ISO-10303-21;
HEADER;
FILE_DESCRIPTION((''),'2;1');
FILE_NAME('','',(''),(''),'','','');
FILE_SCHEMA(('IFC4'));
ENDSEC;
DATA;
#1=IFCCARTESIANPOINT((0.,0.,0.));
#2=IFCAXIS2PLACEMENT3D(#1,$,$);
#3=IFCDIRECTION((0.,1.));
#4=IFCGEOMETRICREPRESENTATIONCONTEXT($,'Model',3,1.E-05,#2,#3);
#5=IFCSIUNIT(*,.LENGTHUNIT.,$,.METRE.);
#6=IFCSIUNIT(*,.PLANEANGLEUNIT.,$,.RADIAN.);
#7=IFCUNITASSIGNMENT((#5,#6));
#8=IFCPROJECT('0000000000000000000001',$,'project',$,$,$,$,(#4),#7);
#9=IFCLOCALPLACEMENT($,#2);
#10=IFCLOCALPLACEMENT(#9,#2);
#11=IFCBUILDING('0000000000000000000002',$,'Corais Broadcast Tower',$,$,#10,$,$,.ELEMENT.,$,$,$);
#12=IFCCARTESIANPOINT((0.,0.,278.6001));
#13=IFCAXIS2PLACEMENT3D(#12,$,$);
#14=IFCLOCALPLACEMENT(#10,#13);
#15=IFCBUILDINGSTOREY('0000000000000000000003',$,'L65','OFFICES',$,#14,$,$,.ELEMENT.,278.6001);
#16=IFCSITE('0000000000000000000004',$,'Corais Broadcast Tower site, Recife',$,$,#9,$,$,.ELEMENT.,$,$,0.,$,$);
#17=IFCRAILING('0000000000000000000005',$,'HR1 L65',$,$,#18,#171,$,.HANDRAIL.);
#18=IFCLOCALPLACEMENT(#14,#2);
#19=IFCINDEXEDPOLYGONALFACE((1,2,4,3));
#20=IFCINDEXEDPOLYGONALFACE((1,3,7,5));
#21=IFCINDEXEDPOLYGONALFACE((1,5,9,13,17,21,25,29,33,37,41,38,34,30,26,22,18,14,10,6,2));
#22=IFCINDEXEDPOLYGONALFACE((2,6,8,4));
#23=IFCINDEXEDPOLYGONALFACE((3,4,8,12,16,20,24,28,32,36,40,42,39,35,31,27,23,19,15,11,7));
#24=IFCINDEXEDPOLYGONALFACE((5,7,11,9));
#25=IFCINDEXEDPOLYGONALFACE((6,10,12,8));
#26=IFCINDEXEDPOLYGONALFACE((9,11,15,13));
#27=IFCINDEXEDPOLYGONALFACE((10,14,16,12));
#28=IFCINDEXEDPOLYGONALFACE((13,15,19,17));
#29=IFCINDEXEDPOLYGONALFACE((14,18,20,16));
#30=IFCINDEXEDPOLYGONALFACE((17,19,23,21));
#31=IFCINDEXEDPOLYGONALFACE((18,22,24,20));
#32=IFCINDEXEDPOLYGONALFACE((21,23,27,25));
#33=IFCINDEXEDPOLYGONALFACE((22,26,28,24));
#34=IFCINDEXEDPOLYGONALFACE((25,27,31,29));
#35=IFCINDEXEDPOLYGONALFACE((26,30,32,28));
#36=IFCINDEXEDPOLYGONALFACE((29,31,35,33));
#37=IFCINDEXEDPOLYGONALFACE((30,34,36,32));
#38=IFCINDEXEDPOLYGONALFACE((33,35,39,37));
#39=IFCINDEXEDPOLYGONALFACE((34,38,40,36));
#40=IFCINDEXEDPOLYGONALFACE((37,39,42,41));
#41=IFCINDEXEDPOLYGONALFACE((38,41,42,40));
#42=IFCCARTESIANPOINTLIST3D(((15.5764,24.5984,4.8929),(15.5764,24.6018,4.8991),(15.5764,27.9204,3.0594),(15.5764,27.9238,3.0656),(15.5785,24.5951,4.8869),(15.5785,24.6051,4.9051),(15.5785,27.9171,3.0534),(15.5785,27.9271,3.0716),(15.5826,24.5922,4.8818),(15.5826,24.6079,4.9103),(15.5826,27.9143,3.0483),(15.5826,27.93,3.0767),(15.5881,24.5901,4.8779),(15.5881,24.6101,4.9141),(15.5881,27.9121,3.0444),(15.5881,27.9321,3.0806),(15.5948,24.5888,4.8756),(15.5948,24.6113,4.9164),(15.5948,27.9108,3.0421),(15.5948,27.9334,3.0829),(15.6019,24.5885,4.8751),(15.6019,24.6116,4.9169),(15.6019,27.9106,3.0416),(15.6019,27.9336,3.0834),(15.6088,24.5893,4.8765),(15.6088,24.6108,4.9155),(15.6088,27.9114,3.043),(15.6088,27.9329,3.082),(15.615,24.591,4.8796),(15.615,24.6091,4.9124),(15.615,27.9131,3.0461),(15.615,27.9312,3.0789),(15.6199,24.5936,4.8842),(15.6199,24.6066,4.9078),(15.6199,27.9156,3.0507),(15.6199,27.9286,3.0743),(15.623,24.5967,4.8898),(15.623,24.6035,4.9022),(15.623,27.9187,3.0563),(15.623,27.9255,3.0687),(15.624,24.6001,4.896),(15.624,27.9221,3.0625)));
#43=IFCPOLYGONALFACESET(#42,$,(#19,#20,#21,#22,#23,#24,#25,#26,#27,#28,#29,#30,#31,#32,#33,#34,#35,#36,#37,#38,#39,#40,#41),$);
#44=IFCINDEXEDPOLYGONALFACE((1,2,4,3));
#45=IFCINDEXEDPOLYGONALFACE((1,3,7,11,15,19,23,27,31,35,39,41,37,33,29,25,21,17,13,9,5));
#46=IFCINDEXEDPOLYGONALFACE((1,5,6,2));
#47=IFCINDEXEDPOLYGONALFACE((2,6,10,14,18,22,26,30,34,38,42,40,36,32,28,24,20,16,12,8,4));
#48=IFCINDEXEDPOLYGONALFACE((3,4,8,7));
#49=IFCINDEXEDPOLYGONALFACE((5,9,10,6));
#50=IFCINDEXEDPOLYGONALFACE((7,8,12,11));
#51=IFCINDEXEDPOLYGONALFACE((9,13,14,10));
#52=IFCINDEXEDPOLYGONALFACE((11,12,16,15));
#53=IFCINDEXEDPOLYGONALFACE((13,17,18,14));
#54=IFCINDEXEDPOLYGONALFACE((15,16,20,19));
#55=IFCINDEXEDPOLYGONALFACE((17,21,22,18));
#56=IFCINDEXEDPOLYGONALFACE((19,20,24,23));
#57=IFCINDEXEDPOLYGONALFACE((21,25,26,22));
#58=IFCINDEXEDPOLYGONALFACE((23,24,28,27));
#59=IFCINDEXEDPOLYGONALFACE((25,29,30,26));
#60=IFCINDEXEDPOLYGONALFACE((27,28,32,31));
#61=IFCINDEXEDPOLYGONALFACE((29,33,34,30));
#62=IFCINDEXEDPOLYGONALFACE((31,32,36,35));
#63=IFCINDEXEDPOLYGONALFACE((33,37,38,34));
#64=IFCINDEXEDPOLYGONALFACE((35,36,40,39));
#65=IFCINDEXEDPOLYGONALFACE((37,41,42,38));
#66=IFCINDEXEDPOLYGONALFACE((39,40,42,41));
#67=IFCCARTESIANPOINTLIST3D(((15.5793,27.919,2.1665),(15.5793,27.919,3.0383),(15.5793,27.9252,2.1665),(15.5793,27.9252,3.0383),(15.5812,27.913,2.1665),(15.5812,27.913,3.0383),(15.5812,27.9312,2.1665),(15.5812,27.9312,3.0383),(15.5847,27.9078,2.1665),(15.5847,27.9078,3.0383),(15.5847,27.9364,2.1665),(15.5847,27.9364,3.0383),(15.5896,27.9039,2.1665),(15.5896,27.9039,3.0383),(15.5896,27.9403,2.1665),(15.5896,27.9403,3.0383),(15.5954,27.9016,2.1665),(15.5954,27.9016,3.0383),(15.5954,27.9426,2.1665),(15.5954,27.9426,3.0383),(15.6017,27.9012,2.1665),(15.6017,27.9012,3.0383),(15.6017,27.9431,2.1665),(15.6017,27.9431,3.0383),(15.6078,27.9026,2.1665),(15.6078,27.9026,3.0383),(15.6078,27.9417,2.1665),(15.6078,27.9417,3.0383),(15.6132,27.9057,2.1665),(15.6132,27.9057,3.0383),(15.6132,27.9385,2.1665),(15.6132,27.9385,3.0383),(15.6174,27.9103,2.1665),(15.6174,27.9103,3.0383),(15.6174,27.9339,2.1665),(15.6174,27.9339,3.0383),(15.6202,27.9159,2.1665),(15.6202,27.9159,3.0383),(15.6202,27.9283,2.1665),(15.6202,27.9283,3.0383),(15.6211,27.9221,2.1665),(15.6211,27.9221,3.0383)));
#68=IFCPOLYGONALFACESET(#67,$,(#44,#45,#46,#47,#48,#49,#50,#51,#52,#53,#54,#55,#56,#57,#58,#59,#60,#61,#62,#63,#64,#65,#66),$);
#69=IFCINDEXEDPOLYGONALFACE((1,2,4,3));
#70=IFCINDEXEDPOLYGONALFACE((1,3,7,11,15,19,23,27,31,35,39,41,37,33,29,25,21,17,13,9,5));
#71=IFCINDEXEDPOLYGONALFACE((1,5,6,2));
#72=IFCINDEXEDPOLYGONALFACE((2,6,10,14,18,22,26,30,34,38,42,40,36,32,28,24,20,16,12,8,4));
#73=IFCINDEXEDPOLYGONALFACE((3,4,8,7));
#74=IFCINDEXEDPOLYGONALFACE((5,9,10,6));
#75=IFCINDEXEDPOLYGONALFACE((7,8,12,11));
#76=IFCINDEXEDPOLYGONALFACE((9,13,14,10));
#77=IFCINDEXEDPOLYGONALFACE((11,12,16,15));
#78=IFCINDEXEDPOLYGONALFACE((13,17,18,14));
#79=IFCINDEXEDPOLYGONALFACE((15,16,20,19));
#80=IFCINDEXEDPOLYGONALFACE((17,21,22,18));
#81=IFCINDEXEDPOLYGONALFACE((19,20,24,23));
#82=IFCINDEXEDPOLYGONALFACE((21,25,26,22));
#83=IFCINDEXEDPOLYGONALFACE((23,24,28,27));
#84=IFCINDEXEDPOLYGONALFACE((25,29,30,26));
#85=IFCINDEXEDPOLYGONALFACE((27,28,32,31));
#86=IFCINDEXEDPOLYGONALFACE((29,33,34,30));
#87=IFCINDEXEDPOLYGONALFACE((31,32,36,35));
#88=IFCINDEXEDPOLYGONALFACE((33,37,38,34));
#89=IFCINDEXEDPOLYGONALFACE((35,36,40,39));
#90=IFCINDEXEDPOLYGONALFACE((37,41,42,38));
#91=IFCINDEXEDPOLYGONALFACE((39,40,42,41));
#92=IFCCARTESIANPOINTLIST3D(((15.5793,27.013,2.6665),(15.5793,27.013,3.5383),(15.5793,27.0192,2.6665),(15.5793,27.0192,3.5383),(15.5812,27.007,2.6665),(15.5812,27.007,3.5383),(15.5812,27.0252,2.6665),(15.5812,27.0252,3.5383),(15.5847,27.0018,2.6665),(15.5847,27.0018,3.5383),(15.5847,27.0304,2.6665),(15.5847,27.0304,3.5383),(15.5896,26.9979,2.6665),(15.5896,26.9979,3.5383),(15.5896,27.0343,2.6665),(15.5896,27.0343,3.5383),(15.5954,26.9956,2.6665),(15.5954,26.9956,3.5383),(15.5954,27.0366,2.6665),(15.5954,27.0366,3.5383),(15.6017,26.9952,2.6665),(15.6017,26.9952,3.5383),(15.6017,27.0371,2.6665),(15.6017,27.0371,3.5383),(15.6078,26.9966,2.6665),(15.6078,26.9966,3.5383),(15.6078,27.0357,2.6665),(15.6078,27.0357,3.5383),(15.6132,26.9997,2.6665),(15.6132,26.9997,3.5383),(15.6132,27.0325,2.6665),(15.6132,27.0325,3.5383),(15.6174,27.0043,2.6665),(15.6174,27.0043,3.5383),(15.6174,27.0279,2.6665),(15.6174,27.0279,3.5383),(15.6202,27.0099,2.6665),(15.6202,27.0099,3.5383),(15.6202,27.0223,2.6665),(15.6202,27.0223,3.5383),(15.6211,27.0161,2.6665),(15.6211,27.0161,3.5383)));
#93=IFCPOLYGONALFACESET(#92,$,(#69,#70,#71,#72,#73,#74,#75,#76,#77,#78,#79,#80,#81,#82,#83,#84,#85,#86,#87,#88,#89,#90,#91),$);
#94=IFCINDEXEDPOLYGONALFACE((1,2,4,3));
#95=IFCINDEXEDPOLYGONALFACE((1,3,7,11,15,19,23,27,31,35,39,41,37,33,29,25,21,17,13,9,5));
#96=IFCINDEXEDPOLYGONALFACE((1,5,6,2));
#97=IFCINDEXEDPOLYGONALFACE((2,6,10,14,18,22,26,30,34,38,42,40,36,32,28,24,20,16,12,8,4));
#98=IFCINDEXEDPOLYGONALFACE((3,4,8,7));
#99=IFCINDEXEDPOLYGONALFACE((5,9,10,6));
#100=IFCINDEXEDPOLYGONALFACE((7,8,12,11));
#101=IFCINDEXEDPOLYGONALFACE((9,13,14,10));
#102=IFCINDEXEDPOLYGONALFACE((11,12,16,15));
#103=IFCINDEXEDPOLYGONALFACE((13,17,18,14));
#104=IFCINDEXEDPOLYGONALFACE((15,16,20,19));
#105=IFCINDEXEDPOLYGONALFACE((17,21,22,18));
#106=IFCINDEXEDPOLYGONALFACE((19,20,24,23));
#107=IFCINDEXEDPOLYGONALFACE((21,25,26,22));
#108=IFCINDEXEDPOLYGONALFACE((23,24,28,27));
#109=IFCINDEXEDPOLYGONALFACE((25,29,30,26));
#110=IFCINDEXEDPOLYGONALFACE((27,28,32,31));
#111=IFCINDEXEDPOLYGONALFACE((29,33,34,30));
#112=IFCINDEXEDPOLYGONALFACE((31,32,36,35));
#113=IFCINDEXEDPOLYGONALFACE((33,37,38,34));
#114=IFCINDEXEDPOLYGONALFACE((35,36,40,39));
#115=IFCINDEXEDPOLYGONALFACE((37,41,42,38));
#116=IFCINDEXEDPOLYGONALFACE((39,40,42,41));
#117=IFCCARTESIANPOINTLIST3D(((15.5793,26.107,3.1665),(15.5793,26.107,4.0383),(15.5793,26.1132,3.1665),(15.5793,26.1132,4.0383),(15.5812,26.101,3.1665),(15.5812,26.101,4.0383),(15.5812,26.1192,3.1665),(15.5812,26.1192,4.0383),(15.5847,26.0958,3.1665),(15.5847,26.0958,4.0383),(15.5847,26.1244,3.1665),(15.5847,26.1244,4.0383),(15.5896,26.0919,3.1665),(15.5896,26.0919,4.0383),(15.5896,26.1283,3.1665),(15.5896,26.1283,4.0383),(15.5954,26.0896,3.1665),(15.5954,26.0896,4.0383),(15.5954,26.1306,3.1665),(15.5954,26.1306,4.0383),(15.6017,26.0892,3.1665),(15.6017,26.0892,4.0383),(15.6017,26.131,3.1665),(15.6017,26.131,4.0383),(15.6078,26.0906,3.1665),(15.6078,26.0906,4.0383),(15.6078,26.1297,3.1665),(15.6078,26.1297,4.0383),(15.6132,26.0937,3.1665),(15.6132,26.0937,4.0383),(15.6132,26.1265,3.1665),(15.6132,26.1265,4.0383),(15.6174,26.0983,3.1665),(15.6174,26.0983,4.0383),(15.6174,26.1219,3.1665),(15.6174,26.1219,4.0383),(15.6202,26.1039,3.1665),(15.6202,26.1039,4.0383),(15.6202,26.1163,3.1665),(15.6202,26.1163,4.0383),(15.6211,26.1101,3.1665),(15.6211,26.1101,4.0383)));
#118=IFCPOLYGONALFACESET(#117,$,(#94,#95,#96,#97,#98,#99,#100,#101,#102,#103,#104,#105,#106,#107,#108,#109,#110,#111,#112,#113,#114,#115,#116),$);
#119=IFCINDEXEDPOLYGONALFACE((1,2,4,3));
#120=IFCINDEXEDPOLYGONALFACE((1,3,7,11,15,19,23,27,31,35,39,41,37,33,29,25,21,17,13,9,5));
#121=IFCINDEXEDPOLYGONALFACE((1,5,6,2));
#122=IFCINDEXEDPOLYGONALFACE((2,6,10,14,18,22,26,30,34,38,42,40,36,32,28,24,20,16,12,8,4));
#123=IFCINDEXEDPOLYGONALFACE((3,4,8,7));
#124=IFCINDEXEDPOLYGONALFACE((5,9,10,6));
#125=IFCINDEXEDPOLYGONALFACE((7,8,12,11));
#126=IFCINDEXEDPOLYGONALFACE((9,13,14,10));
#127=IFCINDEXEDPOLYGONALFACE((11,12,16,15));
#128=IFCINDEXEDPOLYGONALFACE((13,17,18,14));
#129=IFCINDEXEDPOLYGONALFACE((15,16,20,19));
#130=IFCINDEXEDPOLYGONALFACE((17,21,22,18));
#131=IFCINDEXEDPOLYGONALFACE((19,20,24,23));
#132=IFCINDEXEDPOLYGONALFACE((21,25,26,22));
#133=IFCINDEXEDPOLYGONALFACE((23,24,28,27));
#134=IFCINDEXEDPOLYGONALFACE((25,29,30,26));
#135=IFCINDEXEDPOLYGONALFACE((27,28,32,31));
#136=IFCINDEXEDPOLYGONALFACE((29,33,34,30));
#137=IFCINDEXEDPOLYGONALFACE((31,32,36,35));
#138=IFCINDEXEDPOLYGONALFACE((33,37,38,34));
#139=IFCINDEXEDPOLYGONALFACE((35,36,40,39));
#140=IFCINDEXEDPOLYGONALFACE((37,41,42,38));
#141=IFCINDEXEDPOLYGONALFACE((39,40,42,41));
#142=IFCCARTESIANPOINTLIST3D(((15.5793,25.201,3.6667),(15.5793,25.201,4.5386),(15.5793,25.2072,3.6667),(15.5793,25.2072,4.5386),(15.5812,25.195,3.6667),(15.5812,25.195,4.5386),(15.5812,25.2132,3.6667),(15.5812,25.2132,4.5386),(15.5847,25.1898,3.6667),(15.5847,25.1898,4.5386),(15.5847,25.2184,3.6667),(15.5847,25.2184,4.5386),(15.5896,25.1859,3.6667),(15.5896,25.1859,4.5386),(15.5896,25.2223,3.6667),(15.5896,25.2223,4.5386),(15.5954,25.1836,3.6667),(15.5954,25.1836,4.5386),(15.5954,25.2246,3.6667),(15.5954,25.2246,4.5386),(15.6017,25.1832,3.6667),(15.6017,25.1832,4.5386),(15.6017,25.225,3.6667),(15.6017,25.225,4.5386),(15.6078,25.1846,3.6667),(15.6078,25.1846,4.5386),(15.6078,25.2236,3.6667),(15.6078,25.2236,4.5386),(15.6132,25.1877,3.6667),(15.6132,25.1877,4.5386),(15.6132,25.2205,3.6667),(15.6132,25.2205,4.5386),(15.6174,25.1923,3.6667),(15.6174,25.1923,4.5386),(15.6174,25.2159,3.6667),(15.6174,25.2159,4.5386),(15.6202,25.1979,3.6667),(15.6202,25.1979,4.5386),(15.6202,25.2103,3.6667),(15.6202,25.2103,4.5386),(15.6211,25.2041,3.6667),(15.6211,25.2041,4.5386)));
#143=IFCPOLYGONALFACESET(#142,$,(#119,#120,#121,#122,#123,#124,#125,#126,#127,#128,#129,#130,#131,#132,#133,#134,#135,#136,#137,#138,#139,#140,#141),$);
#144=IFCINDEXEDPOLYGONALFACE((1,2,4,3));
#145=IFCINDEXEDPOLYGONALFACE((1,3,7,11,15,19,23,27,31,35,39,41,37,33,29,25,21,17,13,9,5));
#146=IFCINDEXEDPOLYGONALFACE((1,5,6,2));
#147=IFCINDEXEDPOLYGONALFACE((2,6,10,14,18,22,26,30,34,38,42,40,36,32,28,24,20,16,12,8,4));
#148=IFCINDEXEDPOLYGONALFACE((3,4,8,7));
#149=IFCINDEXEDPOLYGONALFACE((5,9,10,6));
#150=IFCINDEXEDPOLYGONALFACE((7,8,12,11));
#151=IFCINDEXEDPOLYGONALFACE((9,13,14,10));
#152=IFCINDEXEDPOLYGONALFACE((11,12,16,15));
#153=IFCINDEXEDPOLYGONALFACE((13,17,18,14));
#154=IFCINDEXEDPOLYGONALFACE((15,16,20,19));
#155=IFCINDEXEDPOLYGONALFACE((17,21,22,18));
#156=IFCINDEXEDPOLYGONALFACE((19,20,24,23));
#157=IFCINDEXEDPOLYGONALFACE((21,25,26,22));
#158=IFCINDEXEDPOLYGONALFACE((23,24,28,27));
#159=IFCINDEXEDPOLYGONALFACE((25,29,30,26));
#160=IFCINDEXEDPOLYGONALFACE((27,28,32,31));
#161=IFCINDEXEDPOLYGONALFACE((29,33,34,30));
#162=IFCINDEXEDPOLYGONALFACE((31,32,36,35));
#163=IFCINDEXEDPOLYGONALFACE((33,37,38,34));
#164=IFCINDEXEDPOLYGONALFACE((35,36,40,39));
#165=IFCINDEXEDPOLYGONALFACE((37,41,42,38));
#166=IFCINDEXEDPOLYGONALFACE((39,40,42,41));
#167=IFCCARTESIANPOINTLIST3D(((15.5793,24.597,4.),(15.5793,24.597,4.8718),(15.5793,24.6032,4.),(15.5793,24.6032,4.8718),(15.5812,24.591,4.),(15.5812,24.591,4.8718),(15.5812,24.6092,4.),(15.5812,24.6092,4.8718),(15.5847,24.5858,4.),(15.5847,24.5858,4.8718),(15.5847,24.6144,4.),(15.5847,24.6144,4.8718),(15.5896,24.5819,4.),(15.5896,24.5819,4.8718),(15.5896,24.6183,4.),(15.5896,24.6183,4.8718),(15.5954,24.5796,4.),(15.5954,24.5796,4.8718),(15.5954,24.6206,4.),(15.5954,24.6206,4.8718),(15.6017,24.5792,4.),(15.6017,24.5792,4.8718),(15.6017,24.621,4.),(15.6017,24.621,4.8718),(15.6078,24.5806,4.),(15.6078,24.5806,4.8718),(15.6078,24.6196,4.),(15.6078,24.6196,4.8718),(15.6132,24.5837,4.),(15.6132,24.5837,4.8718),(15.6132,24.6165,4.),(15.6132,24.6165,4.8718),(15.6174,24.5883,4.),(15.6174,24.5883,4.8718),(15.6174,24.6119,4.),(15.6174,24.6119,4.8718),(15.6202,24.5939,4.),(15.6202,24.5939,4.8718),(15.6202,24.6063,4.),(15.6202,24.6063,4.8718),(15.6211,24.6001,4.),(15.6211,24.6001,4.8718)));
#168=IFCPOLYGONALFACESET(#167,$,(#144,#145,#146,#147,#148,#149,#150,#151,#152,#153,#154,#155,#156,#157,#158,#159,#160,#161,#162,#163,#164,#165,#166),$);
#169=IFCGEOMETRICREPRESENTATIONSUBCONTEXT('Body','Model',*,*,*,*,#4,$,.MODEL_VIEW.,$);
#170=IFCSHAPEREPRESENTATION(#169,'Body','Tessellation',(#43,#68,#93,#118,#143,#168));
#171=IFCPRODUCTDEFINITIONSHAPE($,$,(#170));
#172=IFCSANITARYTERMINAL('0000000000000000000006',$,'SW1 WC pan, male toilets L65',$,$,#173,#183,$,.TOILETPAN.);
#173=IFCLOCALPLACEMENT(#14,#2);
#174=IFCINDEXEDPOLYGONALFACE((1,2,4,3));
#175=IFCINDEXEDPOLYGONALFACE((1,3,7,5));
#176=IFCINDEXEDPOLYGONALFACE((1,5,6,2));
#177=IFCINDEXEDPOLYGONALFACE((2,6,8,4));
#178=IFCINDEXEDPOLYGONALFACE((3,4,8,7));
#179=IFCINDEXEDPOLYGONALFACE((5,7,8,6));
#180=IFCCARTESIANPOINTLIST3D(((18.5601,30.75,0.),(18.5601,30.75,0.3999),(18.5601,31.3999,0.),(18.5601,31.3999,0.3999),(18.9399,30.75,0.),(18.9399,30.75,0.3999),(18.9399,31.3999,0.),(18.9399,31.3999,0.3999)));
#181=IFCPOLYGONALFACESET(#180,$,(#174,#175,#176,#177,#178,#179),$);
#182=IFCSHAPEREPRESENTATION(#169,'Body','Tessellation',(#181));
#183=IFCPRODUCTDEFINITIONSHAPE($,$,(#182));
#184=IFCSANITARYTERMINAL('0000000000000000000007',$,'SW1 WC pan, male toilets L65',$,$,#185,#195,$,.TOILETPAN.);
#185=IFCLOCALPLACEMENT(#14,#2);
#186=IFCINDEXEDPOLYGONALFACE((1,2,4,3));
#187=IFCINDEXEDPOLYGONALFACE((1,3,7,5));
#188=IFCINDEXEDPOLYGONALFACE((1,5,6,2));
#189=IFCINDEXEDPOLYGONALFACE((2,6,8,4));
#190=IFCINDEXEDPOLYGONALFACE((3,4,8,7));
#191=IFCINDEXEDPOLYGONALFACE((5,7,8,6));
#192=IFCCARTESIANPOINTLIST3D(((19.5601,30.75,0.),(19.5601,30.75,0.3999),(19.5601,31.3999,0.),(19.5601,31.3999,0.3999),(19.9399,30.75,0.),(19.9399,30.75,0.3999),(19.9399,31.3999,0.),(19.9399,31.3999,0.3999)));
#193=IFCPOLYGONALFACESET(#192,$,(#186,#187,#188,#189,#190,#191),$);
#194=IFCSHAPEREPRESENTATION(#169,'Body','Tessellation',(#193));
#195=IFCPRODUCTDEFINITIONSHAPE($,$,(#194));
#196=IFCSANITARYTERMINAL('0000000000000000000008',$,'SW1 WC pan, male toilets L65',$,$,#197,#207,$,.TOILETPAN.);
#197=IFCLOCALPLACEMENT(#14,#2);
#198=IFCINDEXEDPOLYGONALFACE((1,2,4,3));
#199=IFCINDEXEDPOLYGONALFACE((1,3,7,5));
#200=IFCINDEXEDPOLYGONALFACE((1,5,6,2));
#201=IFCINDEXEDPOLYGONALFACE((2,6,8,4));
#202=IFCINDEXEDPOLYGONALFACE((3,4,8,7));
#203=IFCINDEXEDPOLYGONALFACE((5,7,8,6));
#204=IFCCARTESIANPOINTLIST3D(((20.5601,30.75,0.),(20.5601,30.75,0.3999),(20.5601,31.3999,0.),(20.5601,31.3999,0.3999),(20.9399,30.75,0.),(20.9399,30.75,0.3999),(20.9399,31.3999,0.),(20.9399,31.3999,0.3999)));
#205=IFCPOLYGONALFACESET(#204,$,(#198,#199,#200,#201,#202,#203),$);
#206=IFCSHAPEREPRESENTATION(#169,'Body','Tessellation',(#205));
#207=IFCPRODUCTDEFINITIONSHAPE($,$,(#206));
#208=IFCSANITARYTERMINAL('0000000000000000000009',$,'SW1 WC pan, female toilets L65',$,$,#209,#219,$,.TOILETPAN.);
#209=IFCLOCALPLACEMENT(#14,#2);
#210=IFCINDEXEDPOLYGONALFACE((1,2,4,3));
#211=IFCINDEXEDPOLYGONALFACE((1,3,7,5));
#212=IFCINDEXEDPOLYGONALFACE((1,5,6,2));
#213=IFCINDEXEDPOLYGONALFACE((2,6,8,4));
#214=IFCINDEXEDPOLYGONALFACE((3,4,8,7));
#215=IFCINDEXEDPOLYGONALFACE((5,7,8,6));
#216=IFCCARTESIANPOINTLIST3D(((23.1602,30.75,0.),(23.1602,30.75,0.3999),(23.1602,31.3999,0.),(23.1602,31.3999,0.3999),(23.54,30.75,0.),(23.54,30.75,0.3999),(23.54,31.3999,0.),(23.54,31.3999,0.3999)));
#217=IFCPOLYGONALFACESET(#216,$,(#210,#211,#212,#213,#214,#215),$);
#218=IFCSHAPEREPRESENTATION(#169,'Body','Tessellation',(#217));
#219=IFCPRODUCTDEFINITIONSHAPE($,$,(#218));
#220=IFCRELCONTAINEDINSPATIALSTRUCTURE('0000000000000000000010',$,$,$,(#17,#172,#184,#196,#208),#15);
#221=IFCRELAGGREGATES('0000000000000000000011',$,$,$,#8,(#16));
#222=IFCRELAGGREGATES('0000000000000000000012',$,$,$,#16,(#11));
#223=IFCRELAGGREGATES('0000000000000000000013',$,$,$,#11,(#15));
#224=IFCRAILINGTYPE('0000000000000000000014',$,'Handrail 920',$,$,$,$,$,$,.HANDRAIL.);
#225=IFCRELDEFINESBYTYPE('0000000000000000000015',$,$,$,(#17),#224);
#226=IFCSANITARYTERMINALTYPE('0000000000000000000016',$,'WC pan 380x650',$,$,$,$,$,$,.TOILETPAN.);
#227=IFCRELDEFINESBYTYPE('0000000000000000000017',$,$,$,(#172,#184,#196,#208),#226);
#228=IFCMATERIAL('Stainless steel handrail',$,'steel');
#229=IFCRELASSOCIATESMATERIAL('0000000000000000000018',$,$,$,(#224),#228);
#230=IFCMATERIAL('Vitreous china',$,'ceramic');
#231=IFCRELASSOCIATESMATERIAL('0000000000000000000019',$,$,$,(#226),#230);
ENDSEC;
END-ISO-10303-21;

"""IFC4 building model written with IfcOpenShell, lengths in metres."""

from ifc_helpers import new_model, si_unit, direction, frame, origin, origin_2d, place, context, subcontext, project, spatial, rectangle, circle, extrude, material, type_object, element, save


model = new_model("IFC4")

# Units and contexts
model_context = context("Model", 3, precision=1e-05, world=origin(), true_north=direction((0.0, 1.0)))
body_context = subcontext(model_context, "Body", "Model", "MODEL_VIEW")
ifc_project = project(units=[si_unit("LENGTHUNIT", "METRE"), si_unit("PLANEANGLEUNIT", "RADIAN")], contexts=[model_context])

# Site, building, storey
site_placement = place(None, origin())
site = spatial("IfcSite", under=ifc_project, at=site_placement, Name="Corais Broadcast Tower site, Recife", CompositionType="ELEMENT", RefElevation=0.0)
building_placement = place(site_placement, origin())
building = spatial("IfcBuilding", under=site, at=building_placement, Name="Corais Broadcast Tower", CompositionType="ELEMENT")
storey_placement = place(building_placement, frame((0.0, 0.0, 278.6001)))
storey = spatial("IfcBuildingStorey", under=building, at=storey_placement, Name="L65", Description="OFFICES", CompositionType="ELEMENT", Elevation=278.6001)

# Railing
ifc_material_1 = material(Name="Stainless steel handrail", Category="steel")
railing_type = type_object("IfcRailingType", Name="Handrail 920", PredefinedType="HANDRAIL", material=ifc_material_1)
railing_1_placement = place(storey_placement, frame((15.6001, 27.9221, 2.1665)))
element("IfcRailing", 1, at=railing_1_placement, inside=storey, type_object=railing_type, Name="HR1 L65", PredefinedType="HANDRAIL", context=body_context, shape_type="SweptSolid", body=[
    extrude(circle(Radius=0.0239, at=origin_2d()), frame((0.0, 0.0, 0.896), z_axis=(0.0, -0.875504, 0.48321), x_axis=(1.0, 0.0, 0.0)), (0.0, 0.0, 1.0), 3.7944),
    extrude(circle(Radius=0.021, at=origin_2d()), origin(), (0.0, 0.0, 1.0), 0.8718),
    extrude(circle(Radius=0.021, at=origin_2d()), frame((0.0, -0.906, 0.5)), (0.0, 0.0, 1.0), 0.8718),
    extrude(circle(Radius=0.021, at=origin_2d()), frame((0.0, -1.812, 1.0)), (0.0, 0.0, 1.0), 0.8718),
    extrude(circle(Radius=0.021, at=origin_2d()), frame((0.0, -2.718, 1.5002)), (0.0, 0.0, 1.0), 0.8718),
    extrude(circle(Radius=0.021, at=origin_2d()), frame((0.0, -3.322, 1.8335)), (0.0, 0.0, 1.0), 0.8718),
])

# Sanitary terminals
ifc_material_2 = material(Name="Vitreous china", Category="ceramic")
sanitary_terminal_type_1 = type_object("IfcSanitaryTerminalType", Name="WC pan 380x650", PredefinedType="TOILETPAN", material=ifc_material_2)
for number, where, z_axis, x_axis, name in (
    (2, (18.75, 31.075, 0.0), (0.0, 0.0, 1.0), (1.0, 0.0, 0.0), "SW1 WC pan, male toilets L65"),
    (3, (19.75, 31.075, 0.0), (0.0, 0.0, 1.0), (1.0, 0.0, 0.0), "SW1 WC pan, male toilets L65"),
    (4, (20.75, 31.075, 0.0), (0.0, 0.0, 1.0), (1.0, 0.0, 0.0), "SW1 WC pan, male toilets L65"),
    (5, (23.3501, 31.075, 0.0), (0.0, 0.0, 1.0), (1.0, 0.0, 0.0), "SW1 WC pan, female toilets L65"),
):
    element("IfcSanitaryTerminal", number, at=place(storey_placement, frame(where, z_axis=z_axis, x_axis=x_axis)), inside=storey, type_object=sanitary_terminal_type_1, Name=name, PredefinedType="TOILETPAN", context=body_context, shape_type="SweptSolid", body=[
        extrude(rectangle(XDim=0.3799, YDim=0.6499, at=origin_2d()), origin(), (0.0, 0.0, 1.0), 0.3999),
    ])

save(model, "model.ifc")
